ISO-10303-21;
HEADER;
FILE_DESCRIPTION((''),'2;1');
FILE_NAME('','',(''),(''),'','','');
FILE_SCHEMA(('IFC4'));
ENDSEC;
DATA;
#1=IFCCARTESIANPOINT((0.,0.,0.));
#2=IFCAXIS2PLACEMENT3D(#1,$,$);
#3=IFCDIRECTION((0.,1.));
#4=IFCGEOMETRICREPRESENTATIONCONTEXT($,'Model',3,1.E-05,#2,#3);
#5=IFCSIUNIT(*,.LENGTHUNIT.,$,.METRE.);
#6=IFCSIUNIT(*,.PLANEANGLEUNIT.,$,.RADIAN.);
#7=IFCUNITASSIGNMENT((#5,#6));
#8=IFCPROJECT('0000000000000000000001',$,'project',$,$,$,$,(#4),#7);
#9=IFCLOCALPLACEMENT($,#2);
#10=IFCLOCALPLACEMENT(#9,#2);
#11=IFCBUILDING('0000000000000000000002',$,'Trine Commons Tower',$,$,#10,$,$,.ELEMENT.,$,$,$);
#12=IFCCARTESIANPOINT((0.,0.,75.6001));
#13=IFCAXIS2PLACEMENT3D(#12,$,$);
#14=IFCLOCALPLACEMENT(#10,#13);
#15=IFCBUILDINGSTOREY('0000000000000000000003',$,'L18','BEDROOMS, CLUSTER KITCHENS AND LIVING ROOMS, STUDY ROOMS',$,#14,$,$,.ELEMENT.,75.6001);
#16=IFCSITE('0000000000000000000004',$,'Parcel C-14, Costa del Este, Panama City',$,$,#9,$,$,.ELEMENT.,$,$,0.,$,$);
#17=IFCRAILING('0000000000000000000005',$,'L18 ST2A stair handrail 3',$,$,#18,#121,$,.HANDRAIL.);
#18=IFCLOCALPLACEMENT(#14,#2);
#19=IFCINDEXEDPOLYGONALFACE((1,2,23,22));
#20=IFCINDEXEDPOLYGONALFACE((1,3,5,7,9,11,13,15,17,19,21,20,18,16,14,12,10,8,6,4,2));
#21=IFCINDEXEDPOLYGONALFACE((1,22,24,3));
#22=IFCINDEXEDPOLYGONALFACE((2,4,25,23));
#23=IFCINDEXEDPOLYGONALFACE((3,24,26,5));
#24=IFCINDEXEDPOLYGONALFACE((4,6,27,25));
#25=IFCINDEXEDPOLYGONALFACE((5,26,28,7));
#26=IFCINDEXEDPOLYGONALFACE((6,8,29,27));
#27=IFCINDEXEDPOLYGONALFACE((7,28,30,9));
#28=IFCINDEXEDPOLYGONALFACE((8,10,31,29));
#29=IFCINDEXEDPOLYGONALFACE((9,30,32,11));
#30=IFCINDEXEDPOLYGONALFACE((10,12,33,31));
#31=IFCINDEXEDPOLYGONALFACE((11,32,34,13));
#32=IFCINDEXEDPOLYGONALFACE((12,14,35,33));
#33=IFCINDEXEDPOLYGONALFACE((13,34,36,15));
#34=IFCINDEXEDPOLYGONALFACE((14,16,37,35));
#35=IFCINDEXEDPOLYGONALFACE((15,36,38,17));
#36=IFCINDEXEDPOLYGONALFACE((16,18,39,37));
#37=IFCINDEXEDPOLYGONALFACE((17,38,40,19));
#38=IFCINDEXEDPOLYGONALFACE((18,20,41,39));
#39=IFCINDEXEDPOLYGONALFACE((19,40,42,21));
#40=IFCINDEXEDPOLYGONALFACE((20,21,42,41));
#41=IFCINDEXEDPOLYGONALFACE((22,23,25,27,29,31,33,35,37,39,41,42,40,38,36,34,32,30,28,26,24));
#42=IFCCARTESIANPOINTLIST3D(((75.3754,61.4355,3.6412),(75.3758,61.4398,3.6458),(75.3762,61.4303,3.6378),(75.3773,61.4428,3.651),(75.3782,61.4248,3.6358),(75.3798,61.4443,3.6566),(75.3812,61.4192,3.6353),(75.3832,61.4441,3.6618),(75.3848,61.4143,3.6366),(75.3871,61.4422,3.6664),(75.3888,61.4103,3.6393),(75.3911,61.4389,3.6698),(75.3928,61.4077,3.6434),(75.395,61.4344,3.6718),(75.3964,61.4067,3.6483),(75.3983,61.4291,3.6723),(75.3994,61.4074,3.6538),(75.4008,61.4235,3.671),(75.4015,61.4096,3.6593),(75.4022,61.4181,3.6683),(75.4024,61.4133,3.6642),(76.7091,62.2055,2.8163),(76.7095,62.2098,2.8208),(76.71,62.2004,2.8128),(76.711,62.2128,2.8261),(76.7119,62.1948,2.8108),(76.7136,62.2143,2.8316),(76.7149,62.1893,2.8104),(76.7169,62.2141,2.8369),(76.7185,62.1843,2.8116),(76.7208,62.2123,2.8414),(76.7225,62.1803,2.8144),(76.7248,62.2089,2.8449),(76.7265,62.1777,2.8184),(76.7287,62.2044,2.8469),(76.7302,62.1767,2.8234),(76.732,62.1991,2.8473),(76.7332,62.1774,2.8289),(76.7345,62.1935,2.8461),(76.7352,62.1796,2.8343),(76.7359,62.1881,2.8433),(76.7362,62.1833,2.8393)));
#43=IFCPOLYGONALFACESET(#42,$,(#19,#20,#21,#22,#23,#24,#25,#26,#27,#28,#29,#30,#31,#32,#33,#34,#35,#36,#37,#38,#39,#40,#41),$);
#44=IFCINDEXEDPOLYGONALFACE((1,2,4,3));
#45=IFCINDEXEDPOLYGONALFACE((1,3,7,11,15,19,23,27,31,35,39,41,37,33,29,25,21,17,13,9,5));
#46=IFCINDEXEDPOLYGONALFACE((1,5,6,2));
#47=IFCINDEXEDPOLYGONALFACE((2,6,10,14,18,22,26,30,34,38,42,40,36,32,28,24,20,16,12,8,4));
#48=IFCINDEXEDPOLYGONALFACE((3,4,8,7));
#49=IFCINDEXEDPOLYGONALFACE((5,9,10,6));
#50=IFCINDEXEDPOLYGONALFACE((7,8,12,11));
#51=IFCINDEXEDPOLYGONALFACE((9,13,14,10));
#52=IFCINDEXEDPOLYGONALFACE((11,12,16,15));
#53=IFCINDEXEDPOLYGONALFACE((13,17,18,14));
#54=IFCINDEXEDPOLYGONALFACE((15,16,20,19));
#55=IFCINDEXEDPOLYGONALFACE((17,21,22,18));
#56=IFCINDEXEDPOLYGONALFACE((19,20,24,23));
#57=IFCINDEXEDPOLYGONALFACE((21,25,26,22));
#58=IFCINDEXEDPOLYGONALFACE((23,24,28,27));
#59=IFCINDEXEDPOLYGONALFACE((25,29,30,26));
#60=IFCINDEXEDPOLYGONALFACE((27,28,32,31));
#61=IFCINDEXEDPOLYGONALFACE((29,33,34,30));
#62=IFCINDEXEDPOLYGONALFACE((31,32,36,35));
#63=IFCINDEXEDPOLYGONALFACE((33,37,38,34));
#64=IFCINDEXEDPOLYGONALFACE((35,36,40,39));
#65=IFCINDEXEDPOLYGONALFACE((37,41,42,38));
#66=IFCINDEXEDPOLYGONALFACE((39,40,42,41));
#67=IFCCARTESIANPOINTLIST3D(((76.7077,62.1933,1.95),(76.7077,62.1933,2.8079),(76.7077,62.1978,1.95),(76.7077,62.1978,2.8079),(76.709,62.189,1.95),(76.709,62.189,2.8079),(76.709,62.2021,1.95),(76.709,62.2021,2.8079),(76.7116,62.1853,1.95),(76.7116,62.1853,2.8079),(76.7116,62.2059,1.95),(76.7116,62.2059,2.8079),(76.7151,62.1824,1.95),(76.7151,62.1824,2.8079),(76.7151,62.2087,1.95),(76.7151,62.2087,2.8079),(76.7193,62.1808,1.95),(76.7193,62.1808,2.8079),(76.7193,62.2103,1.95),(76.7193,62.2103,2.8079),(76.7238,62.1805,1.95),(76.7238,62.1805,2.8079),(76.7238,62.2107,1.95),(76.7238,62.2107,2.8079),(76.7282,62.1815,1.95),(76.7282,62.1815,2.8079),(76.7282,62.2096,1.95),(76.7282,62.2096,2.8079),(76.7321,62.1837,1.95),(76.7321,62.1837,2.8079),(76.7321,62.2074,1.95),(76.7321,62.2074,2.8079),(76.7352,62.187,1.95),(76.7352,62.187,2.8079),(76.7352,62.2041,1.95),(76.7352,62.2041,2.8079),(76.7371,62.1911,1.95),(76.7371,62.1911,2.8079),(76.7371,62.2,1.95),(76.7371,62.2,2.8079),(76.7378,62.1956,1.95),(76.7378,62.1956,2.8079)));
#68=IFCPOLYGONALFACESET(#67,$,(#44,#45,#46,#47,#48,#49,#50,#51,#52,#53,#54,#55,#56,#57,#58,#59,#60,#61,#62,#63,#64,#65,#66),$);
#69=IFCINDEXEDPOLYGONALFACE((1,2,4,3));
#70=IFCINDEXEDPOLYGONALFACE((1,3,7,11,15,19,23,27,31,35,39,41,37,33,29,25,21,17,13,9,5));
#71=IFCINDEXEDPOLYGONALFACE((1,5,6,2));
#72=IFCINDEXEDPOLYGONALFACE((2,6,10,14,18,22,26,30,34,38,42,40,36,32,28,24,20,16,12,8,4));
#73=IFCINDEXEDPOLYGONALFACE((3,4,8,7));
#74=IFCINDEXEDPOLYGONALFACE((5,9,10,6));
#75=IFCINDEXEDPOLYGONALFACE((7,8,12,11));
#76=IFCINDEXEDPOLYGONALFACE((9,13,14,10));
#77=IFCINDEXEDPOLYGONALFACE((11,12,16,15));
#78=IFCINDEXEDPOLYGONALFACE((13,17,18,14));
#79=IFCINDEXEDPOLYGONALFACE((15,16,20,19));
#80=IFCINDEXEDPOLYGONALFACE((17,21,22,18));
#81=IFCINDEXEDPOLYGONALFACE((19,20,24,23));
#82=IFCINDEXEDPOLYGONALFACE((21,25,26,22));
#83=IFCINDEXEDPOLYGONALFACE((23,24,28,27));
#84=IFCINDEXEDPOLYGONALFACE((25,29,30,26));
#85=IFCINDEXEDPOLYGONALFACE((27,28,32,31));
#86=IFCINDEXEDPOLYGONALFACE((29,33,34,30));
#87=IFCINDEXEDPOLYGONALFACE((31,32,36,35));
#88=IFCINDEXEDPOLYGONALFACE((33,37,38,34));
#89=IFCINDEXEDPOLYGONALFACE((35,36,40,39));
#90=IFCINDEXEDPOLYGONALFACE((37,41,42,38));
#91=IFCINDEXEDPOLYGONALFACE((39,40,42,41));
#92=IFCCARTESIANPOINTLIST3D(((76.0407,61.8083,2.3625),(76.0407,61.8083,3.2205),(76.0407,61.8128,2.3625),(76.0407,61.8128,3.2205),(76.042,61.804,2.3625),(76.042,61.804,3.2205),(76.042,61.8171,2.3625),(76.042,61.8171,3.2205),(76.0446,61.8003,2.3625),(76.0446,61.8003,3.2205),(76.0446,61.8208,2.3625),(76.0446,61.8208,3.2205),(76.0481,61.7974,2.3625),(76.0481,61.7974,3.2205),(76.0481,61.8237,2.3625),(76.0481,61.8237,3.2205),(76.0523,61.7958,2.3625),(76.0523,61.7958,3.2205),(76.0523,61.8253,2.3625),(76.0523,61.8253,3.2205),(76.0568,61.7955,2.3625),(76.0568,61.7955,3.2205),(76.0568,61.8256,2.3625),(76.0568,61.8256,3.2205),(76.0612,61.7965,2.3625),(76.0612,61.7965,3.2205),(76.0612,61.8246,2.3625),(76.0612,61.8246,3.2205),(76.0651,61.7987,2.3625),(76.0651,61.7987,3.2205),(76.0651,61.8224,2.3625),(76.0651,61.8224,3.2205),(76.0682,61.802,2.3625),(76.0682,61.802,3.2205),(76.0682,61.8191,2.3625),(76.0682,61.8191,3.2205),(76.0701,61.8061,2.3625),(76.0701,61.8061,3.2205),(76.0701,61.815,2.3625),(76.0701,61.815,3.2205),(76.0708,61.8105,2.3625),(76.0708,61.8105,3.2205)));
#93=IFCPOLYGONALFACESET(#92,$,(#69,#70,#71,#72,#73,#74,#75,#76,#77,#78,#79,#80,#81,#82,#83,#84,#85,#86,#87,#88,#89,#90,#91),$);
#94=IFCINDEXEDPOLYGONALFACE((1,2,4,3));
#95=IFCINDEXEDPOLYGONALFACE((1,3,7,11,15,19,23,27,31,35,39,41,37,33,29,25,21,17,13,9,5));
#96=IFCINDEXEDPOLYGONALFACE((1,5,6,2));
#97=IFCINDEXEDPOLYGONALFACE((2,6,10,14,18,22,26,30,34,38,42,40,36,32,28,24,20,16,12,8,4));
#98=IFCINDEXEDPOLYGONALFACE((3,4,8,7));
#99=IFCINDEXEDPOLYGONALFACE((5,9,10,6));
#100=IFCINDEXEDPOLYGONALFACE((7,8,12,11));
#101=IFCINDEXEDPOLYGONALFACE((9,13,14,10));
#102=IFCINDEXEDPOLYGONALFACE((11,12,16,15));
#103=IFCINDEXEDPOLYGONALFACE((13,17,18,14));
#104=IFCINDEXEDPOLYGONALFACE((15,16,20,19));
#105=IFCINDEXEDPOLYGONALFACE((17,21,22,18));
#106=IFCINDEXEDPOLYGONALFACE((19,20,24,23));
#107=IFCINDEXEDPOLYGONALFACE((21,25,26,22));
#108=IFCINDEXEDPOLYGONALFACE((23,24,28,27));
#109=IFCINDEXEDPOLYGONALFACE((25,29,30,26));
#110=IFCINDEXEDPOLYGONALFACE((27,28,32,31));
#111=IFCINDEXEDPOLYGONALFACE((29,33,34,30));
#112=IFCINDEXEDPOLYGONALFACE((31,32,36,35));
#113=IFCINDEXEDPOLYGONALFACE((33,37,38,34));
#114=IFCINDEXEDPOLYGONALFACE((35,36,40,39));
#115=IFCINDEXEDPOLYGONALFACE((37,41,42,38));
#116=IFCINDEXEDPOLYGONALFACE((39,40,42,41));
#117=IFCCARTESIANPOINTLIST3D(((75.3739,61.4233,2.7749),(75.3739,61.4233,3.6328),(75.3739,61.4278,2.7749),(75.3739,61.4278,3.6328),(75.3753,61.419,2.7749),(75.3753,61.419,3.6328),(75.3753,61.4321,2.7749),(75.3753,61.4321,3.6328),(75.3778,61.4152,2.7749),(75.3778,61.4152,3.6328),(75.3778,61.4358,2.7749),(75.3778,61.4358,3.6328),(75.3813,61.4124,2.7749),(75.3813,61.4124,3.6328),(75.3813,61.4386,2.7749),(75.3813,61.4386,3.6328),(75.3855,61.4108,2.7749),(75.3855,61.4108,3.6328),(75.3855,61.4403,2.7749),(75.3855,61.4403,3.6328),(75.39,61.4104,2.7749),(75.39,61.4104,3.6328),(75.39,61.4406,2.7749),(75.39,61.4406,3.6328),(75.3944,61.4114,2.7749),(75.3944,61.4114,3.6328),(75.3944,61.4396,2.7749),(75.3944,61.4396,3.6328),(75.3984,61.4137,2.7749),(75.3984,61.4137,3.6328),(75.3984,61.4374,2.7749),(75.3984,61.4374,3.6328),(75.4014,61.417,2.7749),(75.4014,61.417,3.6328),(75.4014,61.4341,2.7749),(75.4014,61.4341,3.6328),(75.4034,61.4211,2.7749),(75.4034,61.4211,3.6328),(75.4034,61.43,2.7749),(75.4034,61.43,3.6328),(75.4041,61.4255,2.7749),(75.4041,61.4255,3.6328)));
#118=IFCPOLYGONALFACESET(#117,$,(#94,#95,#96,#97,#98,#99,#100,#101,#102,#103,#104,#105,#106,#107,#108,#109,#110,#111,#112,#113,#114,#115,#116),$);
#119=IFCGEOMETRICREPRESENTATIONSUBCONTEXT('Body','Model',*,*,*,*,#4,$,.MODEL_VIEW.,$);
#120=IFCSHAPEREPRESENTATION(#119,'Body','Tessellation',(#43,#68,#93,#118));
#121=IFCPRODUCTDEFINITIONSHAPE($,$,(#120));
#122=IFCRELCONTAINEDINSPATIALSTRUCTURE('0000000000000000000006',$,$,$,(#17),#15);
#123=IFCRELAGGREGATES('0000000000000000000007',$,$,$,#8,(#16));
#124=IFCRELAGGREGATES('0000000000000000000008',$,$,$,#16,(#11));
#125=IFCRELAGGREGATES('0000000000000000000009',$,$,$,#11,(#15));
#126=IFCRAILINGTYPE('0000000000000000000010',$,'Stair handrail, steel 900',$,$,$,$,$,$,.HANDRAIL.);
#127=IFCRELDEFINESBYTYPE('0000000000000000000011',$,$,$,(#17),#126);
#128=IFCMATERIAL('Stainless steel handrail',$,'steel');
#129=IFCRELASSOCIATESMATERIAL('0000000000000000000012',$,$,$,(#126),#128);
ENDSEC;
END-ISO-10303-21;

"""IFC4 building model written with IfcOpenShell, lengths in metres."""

from ifc_helpers import new_model, si_unit, direction, frame, origin, origin_2d, place, context, subcontext, project, spatial, circle, extrude, material, type_object, element, save


model = new_model("IFC4")

# Units and contexts
model_context = context("Model", 3, precision=1e-05, world=origin(), true_north=direction((0.0, 1.0)))
body_context = subcontext(model_context, "Body", "Model", "MODEL_VIEW")
ifc_project = project(units=[si_unit("LENGTHUNIT", "METRE"), si_unit("PLANEANGLEUNIT", "RADIAN")], contexts=[model_context])

# Site, building, storey
site_placement = place(None, origin())
site = spatial("IfcSite", under=ifc_project, at=site_placement, Name="Parcel C-14, Costa del Este, Panama City", CompositionType="ELEMENT", RefElevation=0.0)
building_placement = place(site_placement, origin())
building = spatial("IfcBuilding", under=site, at=building_placement, Name="Trine Commons Tower", CompositionType="ELEMENT")
storey_placement = place(building_placement, frame((0.0, 0.0, 75.6001)))
storey = spatial("IfcBuildingStorey", under=building, at=storey_placement, Name="L18", Description="BEDROOMS, CLUSTER KITCHENS AND LIVING ROOMS, STUDY ROOMS", CompositionType="ELEMENT", Elevation=75.6001)

# Railing
ifc_material_1 = material(Name="Stainless steel handrail", Category="steel")
railing_type = type_object("IfcRailingType", Name="Stair handrail, steel 900", PredefinedType="HANDRAIL", material=ifc_material_1)
railing_1_placement = place(storey_placement, frame((76.7227, 62.1956, 1.95)))
element("IfcRailing", 1, at=railing_1_placement, inside=storey, type_object=railing_type, Name="L18 ST2A stair handrail 3", PredefinedType="HANDRAIL", context=body_context, shape_type="SweptSolid", body=[
    extrude(circle(Radius=0.021, at=origin_2d()), frame((0.0, 0.0, 0.8789), z_axis=(-0.763405, -0.440743, 0.472185), x_axis=(0.499992, -0.86603, 0.0)), (0.0, 0.0, 1.0), 1.7471),
    extrude(circle(Radius=0.0151, at=origin_2d()), origin(), (0.0, 0.0, 1.0), 0.8579),
    extrude(circle(Radius=0.0151, at=origin_2d()), frame((-0.667, -0.385, 0.4126)), (0.0, 0.0, 1.0), 0.8579),
    extrude(circle(Radius=0.0151, at=origin_2d()), frame((-1.3337, -0.77, 0.825)), (0.0, 0.0, 1.0), 0.8579),
])

save(model, "model.ifc")
